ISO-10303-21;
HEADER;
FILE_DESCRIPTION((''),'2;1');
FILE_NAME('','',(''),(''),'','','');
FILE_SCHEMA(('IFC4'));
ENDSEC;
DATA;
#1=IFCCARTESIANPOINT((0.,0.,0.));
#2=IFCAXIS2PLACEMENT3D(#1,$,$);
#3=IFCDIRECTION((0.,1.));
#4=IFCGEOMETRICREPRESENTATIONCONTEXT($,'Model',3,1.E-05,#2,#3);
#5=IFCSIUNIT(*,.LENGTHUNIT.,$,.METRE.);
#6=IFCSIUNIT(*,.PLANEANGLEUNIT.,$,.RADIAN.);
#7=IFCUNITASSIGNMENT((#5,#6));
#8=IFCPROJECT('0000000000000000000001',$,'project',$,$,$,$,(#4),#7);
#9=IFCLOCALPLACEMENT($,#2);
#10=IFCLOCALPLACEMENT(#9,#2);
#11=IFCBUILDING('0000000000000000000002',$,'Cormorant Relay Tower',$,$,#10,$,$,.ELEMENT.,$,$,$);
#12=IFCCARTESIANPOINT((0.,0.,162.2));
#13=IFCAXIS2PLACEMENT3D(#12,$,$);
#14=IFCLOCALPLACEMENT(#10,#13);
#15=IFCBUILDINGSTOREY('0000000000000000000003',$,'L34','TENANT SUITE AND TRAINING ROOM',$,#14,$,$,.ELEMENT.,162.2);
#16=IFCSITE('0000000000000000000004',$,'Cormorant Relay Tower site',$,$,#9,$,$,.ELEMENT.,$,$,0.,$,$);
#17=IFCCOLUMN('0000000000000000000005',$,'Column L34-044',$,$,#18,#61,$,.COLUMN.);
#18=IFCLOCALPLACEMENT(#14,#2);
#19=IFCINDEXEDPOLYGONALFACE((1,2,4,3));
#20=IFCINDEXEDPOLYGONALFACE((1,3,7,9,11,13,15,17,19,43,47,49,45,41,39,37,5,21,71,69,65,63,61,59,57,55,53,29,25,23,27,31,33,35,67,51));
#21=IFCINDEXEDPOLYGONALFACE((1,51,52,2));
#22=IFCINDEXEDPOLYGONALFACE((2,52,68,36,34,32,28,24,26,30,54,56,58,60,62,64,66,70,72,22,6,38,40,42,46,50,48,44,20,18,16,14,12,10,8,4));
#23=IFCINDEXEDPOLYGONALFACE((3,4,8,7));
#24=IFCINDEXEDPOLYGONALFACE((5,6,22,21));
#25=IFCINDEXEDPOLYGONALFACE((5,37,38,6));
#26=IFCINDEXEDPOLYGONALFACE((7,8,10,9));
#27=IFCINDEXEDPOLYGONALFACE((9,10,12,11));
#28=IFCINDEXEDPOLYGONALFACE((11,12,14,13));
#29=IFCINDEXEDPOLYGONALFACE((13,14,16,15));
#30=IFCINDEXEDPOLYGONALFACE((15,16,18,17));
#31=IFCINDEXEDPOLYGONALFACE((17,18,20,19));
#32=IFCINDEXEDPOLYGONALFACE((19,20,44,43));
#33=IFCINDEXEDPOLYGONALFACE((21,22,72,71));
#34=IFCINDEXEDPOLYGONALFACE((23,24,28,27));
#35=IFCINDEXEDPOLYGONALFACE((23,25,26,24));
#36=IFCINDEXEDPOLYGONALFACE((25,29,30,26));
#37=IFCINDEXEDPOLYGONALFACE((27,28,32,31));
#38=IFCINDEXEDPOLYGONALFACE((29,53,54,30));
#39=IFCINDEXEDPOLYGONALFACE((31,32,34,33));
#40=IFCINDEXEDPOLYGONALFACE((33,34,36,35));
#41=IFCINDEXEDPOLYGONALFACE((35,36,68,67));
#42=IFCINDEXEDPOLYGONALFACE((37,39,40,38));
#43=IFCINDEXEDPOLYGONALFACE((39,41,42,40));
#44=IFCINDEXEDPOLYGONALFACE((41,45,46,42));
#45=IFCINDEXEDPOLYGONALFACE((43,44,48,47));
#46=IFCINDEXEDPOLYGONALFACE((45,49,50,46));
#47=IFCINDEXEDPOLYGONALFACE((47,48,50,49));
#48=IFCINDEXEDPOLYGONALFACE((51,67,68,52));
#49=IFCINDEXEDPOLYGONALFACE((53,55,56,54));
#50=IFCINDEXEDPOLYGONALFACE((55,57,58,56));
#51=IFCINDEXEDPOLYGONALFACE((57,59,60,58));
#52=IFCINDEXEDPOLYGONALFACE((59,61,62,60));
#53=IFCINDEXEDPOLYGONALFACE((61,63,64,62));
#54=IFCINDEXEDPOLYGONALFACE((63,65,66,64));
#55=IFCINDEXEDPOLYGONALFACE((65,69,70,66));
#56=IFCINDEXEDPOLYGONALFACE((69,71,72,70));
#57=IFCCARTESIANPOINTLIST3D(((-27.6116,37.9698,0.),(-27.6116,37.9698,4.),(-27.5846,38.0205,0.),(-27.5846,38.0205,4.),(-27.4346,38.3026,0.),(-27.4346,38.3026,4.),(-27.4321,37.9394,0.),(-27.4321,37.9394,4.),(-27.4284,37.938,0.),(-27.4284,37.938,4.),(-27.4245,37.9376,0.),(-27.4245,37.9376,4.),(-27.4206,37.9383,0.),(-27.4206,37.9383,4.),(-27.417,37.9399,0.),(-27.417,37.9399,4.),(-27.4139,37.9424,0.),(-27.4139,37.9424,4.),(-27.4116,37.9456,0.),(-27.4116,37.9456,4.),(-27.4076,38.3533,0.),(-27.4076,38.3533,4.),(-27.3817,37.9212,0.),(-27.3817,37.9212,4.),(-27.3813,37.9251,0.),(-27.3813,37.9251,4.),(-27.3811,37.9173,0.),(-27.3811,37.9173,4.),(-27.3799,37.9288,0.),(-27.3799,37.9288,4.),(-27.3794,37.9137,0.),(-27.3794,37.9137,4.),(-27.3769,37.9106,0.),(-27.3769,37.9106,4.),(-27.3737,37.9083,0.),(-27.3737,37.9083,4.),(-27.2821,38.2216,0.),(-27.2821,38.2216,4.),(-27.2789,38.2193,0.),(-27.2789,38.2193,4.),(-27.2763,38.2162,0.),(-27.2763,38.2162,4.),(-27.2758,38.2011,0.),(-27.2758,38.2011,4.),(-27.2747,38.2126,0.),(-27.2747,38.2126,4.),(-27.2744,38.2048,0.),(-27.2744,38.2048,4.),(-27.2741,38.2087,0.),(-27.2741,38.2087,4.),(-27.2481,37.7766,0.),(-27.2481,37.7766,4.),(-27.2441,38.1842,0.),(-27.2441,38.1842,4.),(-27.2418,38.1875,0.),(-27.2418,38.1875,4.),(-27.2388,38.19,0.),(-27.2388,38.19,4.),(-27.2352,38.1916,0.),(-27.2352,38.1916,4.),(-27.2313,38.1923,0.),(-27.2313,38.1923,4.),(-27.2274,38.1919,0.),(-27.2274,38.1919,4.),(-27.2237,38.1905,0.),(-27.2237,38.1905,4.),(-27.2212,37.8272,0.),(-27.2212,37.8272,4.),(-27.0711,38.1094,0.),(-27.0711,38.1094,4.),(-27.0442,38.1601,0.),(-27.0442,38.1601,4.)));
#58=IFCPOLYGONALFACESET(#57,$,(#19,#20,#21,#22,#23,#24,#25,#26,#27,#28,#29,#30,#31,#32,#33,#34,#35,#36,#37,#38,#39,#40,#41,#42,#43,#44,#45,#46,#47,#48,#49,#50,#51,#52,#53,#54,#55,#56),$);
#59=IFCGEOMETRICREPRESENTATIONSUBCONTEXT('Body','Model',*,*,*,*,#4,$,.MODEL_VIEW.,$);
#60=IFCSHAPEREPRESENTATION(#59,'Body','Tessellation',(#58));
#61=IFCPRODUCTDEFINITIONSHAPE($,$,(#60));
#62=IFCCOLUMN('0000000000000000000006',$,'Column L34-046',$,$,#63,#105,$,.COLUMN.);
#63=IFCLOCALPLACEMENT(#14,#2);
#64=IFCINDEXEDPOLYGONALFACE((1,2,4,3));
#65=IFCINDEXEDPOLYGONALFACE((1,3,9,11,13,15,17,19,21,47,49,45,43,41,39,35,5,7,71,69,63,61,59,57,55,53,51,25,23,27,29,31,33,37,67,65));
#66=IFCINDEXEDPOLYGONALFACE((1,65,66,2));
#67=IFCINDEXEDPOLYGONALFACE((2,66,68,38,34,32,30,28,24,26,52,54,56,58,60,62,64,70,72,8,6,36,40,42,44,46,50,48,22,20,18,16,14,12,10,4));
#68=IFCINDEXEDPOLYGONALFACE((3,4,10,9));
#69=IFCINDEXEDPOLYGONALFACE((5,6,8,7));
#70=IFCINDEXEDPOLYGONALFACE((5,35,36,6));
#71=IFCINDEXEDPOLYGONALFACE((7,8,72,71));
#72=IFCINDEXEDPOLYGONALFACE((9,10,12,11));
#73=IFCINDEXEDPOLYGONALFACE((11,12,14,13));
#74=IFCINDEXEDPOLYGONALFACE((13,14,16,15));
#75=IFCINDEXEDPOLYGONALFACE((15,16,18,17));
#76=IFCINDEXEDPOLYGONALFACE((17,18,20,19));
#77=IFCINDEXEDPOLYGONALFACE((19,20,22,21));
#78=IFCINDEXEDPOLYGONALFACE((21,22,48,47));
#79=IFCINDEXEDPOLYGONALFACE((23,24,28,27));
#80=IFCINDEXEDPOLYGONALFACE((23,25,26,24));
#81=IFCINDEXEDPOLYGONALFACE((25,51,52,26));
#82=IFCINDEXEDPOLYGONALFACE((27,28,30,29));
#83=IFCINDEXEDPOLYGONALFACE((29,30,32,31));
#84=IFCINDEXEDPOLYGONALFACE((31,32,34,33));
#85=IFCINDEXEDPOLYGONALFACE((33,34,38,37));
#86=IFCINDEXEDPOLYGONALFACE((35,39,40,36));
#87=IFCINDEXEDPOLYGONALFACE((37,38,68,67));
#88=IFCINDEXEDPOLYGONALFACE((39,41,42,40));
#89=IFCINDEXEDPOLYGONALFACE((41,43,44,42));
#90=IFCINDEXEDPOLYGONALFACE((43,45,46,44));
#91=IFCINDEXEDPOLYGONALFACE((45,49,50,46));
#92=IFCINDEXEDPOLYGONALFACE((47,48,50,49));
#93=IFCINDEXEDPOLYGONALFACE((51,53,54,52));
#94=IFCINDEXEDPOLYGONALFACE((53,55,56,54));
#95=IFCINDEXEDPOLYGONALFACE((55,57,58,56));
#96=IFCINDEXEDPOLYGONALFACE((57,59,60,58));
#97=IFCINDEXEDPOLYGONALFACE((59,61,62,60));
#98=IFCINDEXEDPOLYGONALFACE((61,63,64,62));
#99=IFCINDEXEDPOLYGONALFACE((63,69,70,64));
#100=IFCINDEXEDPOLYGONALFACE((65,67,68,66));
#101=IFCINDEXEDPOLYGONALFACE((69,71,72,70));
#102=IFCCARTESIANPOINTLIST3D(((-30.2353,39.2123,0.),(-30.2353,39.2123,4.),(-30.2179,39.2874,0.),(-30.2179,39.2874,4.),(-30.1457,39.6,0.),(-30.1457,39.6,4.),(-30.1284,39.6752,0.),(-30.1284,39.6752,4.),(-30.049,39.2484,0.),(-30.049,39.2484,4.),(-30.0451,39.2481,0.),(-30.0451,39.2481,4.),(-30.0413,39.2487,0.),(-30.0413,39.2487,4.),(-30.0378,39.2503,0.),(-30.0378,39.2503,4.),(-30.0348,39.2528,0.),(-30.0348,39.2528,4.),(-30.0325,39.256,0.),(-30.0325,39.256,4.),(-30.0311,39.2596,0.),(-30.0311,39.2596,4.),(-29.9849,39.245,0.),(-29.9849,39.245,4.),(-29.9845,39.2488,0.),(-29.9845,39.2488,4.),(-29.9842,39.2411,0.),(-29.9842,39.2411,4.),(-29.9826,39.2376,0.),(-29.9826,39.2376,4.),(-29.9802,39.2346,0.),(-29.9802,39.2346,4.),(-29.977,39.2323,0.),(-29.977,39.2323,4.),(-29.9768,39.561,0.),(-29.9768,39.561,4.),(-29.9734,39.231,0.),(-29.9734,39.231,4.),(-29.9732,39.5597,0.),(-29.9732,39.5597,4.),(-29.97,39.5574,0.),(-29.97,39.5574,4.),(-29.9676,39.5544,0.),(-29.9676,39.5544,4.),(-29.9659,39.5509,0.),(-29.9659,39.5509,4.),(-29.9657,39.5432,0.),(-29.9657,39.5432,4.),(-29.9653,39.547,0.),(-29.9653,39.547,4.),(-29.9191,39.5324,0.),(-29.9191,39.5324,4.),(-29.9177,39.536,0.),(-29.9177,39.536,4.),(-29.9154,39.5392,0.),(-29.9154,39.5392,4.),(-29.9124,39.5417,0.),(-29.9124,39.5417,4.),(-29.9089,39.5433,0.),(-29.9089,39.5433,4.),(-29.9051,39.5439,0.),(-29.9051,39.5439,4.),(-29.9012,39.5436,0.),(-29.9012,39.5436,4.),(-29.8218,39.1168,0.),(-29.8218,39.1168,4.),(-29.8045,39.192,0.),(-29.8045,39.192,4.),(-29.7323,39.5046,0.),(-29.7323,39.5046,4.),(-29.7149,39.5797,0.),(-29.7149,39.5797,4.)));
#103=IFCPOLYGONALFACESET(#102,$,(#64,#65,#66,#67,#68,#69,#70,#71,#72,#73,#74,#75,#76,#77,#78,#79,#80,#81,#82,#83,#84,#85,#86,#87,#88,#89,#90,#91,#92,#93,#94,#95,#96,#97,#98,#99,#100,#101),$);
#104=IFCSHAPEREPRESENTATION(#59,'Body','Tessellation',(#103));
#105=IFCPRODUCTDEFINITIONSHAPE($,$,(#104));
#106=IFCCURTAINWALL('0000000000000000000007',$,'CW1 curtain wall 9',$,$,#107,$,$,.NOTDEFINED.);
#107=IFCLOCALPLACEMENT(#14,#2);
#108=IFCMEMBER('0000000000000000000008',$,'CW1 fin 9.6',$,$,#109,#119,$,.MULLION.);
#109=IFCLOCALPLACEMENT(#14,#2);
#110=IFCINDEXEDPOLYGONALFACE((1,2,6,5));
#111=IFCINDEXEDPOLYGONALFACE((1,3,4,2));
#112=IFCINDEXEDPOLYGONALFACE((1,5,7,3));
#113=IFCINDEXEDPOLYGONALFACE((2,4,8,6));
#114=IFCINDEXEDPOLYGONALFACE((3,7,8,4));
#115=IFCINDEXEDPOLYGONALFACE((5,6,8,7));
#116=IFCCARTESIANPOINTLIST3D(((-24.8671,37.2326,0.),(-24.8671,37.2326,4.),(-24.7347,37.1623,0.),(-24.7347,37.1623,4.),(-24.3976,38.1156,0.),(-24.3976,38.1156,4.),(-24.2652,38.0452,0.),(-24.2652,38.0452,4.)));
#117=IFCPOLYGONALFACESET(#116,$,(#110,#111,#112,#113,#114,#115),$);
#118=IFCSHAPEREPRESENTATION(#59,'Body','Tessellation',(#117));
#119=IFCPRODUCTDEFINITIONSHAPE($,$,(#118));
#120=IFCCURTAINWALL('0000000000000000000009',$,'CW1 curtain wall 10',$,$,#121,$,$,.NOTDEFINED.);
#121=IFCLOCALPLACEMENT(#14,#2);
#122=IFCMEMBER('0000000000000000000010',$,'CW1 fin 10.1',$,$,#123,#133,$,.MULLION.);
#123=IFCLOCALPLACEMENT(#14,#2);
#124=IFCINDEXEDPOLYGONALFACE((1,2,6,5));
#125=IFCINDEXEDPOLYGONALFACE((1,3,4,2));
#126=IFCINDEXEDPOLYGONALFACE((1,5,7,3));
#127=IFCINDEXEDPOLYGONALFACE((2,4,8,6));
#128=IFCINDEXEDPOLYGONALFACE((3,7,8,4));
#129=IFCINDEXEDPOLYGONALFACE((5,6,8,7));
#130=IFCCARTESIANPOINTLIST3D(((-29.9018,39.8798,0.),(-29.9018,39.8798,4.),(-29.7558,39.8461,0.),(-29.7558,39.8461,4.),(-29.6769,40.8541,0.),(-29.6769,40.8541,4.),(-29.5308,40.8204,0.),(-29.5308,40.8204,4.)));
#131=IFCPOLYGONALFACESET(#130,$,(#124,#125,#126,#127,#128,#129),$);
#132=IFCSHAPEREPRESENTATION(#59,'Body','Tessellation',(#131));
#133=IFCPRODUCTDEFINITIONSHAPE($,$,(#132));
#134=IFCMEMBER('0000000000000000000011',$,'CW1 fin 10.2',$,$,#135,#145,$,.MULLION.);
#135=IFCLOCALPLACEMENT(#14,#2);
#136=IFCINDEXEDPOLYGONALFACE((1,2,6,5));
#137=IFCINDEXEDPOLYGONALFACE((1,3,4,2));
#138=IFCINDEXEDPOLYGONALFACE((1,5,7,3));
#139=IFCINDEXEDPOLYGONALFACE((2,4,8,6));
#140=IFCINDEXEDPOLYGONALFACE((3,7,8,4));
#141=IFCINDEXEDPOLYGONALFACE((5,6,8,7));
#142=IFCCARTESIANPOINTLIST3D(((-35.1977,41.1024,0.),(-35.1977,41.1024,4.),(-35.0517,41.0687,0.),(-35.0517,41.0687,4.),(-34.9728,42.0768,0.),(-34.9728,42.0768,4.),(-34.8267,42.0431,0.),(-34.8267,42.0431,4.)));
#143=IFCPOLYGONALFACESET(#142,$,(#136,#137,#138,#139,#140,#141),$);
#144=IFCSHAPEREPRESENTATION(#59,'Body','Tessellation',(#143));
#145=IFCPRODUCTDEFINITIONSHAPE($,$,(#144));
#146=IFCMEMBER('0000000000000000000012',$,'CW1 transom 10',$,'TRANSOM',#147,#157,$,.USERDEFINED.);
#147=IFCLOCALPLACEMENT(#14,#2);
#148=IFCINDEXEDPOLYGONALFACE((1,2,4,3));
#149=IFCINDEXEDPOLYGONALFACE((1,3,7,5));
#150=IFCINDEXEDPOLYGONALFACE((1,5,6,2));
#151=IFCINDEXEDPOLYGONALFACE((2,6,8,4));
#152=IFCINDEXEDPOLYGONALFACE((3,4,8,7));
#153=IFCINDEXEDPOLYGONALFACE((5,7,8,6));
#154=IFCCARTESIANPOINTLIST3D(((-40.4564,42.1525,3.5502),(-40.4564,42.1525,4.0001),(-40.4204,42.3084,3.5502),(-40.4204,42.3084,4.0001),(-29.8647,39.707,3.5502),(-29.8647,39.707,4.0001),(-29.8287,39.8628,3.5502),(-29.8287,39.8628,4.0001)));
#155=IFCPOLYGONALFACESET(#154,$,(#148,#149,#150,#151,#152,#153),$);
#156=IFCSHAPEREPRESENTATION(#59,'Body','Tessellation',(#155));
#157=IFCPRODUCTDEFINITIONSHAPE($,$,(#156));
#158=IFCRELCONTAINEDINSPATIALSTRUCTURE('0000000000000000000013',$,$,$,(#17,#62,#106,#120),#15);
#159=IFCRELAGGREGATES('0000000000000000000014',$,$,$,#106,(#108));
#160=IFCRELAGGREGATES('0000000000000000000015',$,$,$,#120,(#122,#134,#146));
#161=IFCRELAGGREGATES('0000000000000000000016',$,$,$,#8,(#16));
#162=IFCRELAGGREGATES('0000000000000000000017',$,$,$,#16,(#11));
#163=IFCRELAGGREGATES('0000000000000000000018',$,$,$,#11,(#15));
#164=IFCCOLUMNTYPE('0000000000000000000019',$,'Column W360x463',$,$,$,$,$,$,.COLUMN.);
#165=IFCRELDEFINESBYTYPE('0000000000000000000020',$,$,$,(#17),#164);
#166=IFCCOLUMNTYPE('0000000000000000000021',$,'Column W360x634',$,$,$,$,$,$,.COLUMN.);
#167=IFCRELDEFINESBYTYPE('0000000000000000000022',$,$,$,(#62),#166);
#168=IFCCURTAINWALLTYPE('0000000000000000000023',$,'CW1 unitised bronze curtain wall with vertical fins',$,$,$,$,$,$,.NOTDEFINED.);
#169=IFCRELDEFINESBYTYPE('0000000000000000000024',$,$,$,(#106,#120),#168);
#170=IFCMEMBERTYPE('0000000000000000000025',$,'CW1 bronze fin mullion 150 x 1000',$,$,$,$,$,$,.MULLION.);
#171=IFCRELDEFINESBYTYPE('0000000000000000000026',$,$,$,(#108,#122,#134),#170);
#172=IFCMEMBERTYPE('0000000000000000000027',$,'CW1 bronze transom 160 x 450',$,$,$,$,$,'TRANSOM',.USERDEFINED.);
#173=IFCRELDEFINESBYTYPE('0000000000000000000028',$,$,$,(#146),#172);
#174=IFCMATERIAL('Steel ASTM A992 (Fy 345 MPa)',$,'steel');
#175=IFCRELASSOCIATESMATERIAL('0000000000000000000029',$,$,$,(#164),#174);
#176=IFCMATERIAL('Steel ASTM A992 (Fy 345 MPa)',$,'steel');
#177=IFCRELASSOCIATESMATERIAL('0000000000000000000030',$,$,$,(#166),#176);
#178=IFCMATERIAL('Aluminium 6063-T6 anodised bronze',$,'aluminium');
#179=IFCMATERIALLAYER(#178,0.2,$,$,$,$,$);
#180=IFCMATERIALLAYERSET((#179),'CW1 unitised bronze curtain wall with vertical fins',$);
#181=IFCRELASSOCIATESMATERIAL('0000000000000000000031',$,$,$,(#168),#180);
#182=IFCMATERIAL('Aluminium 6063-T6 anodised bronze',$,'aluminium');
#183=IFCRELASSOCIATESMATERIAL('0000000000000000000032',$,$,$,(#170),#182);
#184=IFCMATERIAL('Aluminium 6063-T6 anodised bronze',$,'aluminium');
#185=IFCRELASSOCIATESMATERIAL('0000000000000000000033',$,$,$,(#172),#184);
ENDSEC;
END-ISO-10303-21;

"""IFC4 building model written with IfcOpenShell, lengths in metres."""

from ifc_helpers import new_model, si_unit, direction, frame, origin, origin_2d, place, context, subcontext, project, spatial, rectangle, i_section, extrude, material, layer, layer_set, material_profile, profile_set, type_object, element, aggregate, save


model = new_model("IFC4")

# Units and contexts
model_context = context("Model", 3, precision=1e-05, world=origin(), true_north=direction((0.0, 1.0)))
body_context = subcontext(model_context, "Body", "Model", "MODEL_VIEW")
ifc_project = project(units=[si_unit("LENGTHUNIT", "METRE"), si_unit("PLANEANGLEUNIT", "RADIAN")], contexts=[model_context])

# Site, building, storey
site_placement = place(None, origin())
site = spatial("IfcSite", under=ifc_project, at=site_placement, Name="Cormorant Relay Tower site", CompositionType="ELEMENT", RefElevation=0.0)
building_placement = place(site_placement, origin())
building = spatial("IfcBuilding", under=site, at=building_placement, Name="Cormorant Relay Tower", CompositionType="ELEMENT")
storey_placement = place(building_placement, frame((0.0, 0.0, 162.2)))
storey = spatial("IfcBuildingStorey", under=building, at=storey_placement, Name="L34", Description="TENANT SUITE AND TRAINING ROOM", CompositionType="ELEMENT", Elevation=162.2)

# Columns
ifc_material_1 = material(Name="Steel ASTM A992 (Fy 345 MPa)", Category="steel")
ifc_material_profile_1 = material_profile(ifc_material_1, i_section(OverallWidth=0.4116, OverallDepth=0.4343, WebThickness=0.0359, FlangeThickness=0.0574, FilletRadius=0.0151, at=origin_2d()), Name="W360x463")
ifc_profile_set_1 = profile_set([ifc_material_profile_1], Name="Steel ASTM A992 (Fy 345 MPa)")
column_type_1 = type_object("IfcColumnType", Name="Column W360x463", PredefinedType="COLUMN", material=ifc_profile_set_1)
column_1_placement = place(storey_placement, frame((-27.3279, 38.0649, 0.0), z_axis=(0.0, 0.0, 1.0), x_axis=(-0.882948, 0.469472, 0.0)))
element("IfcColumn", 1, at=column_1_placement, inside=storey, type_object=column_type_1, Name="Column L34-044", PredefinedType="COLUMN", context=body_context, shape_type="SweptSolid", body=[
    extrude(i_section(OverallWidth=0.4116, OverallDepth=0.4343, WebThickness=0.0359, FlangeThickness=0.0574, FilletRadius=0.0151, at=origin_2d()), origin(), (0.0, 0.0, 1.0), 4.0),
])
ifc_material_2 = material(Name="Steel ASTM A992 (Fy 345 MPa)", Category="steel")
ifc_material_profile_2 = material_profile(ifc_material_2, i_section(OverallWidth=0.4243, OverallDepth=0.4751, WebThickness=0.0479, FlangeThickness=0.0771, FilletRadius=0.0149, at=origin_2d()), Name="W360x634")
ifc_profile_set_2 = profile_set([ifc_material_profile_2], Name="Steel ASTM A992 (Fy 345 MPa)")
column_type_2 = type_object("IfcColumnType", Name="Column W360x634", PredefinedType="COLUMN", material=ifc_profile_set_2)
column_2_placement = place(storey_placement, frame((-29.9751, 39.396, 0.0), z_axis=(0.0, 0.0, 1.0), x_axis=(-0.97437, 0.224951, 0.0)))
element("IfcColumn", 2, at=column_2_placement, inside=storey, type_object=column_type_2, Name="Column L34-046", PredefinedType="COLUMN", context=body_context, shape_type="SweptSolid", body=[
    extrude(i_section(OverallWidth=0.4243, OverallDepth=0.4751, WebThickness=0.0479, FlangeThickness=0.0771, FilletRadius=0.0149, at=origin_2d()), origin(), (0.0, 0.0, 1.0), 4.0),
])

# Curtain wall, member
ifc_material_3 = material(Name="Aluminium 6063-T6 anodised bronze", Category="aluminium")
ifc_layer_1 = layer(ifc_material_3, 0.2)
ifc_layer_set_1 = layer_set([ifc_layer_1], Name="CW1 unitised bronze curtain wall with vertical fins")
curtain_wall_type = type_object("IfcCurtainWallType", Name="CW1 unitised bronze curtain wall with vertical fins", PredefinedType="NOTDEFINED", material=ifc_layer_set_1)
curtain_wall_1_placement = place(storey_placement, origin())
curtain_wall_1 = element("IfcCurtainWall", 3, at=curtain_wall_1_placement, inside=storey, type_object=curtain_wall_type, Name="CW1 curtain wall 9", PredefinedType="NOTDEFINED")
ifc_material_4 = material(Name="Aluminium 6063-T6 anodised bronze", Category="aluminium")
ifc_material_profile_3 = material_profile(ifc_material_4, rectangle(XDim=0.1499, YDim=1.0, at=origin_2d()), Name="AL 150x1000")
ifc_profile_set_3 = profile_set([ifc_material_profile_3], Name="Aluminium 6063-T6 anodised bronze")
member_type_1 = type_object("IfcMemberType", Name="CW1 bronze fin mullion 150 x 1000", PredefinedType="MULLION", material=ifc_profile_set_3)
member_1_placement = place(storey_placement, frame((-24.5662, 37.6389, 0.0), z_axis=(0.0, 0.0, 1.0), x_axis=(-0.882948, 0.469472, 0.0)))
member_1 = element("IfcMember", 4, at=member_1_placement, type_object=member_type_1, Name="CW1 fin 9.6", PredefinedType="MULLION", context=body_context, shape_type="SweptSolid", body=[
    extrude(rectangle(XDim=0.1499, YDim=1.0, at=origin_2d()), origin(), (0.0, 0.0, 1.0), 4.0),
])

# Curtain wall, members
curtain_wall_2_placement = place(storey_placement, origin())
curtain_wall_2 = element("IfcCurtainWall", 5, at=curtain_wall_2_placement, inside=storey, type_object=curtain_wall_type, Name="CW1 curtain wall 10", PredefinedType="NOTDEFINED")
member_2_placement = place(storey_placement, frame((-29.7163, 40.3501, 0.0), z_axis=(0.0, 0.0, 1.0), x_axis=(-0.97437, 0.224951, 0.0)))
member_2 = element("IfcMember", 6, at=member_2_placement, type_object=member_type_1, Name="CW1 fin 10.1", PredefinedType="MULLION", context=body_context, shape_type="SweptSolid", body=[
    extrude(rectangle(XDim=0.1499, YDim=1.0, at=origin_2d()), origin(), (0.0, 0.0, 1.0), 4.0),
])
member_3_placement = place(storey_placement, frame((-35.0122, 41.5728, 0.0), z_axis=(0.0, 0.0, 1.0), x_axis=(-0.97437, 0.224951, 0.0)))
member_3 = element("IfcMember", 7, at=member_3_placement, type_object=member_type_1, Name="CW1 fin 10.2", PredefinedType="MULLION", context=body_context, shape_type="SweptSolid", body=[
    extrude(rectangle(XDim=0.1499, YDim=1.0, at=origin_2d()), origin(), (0.0, 0.0, 1.0), 4.0),
])
ifc_material_5 = material(Name="Aluminium 6063-T6 anodised bronze", Category="aluminium")
ifc_material_profile_4 = material_profile(ifc_material_5, rectangle(XDim=0.1599, YDim=0.45, at=origin_2d()), Name="AL 160x450")
ifc_profile_set_4 = profile_set([ifc_material_profile_4], Name="Aluminium 6063-T6 anodised bronze")
member_type_2 = type_object("IfcMemberType", Name="CW1 bronze transom 160 x 450", ElementType="TRANSOM", PredefinedType="USERDEFINED", material=ifc_profile_set_4)
member_4_placement = place(storey_placement, frame((-29.8467, 39.7849, 3.7751), z_axis=(-0.974365, 0.224973, 0.0), x_axis=(-0.224973, -0.974365, 0.0)))
member_4 = element("IfcMember", 8, at=member_4_placement, type_object=member_type_2, Name="CW1 transom 10", ObjectType="TRANSOM", PredefinedType="USERDEFINED", context=body_context, shape_type="SweptSolid", body=[
    extrude(rectangle(XDim=0.1599, YDim=0.45, at=origin_2d()), origin(), (0.0, 0.0, 1.0), 10.8704),
])

aggregate(curtain_wall_1, [member_1])
aggregate(curtain_wall_2, [member_2, member_3, member_4])

save(model, "model.ifc")
